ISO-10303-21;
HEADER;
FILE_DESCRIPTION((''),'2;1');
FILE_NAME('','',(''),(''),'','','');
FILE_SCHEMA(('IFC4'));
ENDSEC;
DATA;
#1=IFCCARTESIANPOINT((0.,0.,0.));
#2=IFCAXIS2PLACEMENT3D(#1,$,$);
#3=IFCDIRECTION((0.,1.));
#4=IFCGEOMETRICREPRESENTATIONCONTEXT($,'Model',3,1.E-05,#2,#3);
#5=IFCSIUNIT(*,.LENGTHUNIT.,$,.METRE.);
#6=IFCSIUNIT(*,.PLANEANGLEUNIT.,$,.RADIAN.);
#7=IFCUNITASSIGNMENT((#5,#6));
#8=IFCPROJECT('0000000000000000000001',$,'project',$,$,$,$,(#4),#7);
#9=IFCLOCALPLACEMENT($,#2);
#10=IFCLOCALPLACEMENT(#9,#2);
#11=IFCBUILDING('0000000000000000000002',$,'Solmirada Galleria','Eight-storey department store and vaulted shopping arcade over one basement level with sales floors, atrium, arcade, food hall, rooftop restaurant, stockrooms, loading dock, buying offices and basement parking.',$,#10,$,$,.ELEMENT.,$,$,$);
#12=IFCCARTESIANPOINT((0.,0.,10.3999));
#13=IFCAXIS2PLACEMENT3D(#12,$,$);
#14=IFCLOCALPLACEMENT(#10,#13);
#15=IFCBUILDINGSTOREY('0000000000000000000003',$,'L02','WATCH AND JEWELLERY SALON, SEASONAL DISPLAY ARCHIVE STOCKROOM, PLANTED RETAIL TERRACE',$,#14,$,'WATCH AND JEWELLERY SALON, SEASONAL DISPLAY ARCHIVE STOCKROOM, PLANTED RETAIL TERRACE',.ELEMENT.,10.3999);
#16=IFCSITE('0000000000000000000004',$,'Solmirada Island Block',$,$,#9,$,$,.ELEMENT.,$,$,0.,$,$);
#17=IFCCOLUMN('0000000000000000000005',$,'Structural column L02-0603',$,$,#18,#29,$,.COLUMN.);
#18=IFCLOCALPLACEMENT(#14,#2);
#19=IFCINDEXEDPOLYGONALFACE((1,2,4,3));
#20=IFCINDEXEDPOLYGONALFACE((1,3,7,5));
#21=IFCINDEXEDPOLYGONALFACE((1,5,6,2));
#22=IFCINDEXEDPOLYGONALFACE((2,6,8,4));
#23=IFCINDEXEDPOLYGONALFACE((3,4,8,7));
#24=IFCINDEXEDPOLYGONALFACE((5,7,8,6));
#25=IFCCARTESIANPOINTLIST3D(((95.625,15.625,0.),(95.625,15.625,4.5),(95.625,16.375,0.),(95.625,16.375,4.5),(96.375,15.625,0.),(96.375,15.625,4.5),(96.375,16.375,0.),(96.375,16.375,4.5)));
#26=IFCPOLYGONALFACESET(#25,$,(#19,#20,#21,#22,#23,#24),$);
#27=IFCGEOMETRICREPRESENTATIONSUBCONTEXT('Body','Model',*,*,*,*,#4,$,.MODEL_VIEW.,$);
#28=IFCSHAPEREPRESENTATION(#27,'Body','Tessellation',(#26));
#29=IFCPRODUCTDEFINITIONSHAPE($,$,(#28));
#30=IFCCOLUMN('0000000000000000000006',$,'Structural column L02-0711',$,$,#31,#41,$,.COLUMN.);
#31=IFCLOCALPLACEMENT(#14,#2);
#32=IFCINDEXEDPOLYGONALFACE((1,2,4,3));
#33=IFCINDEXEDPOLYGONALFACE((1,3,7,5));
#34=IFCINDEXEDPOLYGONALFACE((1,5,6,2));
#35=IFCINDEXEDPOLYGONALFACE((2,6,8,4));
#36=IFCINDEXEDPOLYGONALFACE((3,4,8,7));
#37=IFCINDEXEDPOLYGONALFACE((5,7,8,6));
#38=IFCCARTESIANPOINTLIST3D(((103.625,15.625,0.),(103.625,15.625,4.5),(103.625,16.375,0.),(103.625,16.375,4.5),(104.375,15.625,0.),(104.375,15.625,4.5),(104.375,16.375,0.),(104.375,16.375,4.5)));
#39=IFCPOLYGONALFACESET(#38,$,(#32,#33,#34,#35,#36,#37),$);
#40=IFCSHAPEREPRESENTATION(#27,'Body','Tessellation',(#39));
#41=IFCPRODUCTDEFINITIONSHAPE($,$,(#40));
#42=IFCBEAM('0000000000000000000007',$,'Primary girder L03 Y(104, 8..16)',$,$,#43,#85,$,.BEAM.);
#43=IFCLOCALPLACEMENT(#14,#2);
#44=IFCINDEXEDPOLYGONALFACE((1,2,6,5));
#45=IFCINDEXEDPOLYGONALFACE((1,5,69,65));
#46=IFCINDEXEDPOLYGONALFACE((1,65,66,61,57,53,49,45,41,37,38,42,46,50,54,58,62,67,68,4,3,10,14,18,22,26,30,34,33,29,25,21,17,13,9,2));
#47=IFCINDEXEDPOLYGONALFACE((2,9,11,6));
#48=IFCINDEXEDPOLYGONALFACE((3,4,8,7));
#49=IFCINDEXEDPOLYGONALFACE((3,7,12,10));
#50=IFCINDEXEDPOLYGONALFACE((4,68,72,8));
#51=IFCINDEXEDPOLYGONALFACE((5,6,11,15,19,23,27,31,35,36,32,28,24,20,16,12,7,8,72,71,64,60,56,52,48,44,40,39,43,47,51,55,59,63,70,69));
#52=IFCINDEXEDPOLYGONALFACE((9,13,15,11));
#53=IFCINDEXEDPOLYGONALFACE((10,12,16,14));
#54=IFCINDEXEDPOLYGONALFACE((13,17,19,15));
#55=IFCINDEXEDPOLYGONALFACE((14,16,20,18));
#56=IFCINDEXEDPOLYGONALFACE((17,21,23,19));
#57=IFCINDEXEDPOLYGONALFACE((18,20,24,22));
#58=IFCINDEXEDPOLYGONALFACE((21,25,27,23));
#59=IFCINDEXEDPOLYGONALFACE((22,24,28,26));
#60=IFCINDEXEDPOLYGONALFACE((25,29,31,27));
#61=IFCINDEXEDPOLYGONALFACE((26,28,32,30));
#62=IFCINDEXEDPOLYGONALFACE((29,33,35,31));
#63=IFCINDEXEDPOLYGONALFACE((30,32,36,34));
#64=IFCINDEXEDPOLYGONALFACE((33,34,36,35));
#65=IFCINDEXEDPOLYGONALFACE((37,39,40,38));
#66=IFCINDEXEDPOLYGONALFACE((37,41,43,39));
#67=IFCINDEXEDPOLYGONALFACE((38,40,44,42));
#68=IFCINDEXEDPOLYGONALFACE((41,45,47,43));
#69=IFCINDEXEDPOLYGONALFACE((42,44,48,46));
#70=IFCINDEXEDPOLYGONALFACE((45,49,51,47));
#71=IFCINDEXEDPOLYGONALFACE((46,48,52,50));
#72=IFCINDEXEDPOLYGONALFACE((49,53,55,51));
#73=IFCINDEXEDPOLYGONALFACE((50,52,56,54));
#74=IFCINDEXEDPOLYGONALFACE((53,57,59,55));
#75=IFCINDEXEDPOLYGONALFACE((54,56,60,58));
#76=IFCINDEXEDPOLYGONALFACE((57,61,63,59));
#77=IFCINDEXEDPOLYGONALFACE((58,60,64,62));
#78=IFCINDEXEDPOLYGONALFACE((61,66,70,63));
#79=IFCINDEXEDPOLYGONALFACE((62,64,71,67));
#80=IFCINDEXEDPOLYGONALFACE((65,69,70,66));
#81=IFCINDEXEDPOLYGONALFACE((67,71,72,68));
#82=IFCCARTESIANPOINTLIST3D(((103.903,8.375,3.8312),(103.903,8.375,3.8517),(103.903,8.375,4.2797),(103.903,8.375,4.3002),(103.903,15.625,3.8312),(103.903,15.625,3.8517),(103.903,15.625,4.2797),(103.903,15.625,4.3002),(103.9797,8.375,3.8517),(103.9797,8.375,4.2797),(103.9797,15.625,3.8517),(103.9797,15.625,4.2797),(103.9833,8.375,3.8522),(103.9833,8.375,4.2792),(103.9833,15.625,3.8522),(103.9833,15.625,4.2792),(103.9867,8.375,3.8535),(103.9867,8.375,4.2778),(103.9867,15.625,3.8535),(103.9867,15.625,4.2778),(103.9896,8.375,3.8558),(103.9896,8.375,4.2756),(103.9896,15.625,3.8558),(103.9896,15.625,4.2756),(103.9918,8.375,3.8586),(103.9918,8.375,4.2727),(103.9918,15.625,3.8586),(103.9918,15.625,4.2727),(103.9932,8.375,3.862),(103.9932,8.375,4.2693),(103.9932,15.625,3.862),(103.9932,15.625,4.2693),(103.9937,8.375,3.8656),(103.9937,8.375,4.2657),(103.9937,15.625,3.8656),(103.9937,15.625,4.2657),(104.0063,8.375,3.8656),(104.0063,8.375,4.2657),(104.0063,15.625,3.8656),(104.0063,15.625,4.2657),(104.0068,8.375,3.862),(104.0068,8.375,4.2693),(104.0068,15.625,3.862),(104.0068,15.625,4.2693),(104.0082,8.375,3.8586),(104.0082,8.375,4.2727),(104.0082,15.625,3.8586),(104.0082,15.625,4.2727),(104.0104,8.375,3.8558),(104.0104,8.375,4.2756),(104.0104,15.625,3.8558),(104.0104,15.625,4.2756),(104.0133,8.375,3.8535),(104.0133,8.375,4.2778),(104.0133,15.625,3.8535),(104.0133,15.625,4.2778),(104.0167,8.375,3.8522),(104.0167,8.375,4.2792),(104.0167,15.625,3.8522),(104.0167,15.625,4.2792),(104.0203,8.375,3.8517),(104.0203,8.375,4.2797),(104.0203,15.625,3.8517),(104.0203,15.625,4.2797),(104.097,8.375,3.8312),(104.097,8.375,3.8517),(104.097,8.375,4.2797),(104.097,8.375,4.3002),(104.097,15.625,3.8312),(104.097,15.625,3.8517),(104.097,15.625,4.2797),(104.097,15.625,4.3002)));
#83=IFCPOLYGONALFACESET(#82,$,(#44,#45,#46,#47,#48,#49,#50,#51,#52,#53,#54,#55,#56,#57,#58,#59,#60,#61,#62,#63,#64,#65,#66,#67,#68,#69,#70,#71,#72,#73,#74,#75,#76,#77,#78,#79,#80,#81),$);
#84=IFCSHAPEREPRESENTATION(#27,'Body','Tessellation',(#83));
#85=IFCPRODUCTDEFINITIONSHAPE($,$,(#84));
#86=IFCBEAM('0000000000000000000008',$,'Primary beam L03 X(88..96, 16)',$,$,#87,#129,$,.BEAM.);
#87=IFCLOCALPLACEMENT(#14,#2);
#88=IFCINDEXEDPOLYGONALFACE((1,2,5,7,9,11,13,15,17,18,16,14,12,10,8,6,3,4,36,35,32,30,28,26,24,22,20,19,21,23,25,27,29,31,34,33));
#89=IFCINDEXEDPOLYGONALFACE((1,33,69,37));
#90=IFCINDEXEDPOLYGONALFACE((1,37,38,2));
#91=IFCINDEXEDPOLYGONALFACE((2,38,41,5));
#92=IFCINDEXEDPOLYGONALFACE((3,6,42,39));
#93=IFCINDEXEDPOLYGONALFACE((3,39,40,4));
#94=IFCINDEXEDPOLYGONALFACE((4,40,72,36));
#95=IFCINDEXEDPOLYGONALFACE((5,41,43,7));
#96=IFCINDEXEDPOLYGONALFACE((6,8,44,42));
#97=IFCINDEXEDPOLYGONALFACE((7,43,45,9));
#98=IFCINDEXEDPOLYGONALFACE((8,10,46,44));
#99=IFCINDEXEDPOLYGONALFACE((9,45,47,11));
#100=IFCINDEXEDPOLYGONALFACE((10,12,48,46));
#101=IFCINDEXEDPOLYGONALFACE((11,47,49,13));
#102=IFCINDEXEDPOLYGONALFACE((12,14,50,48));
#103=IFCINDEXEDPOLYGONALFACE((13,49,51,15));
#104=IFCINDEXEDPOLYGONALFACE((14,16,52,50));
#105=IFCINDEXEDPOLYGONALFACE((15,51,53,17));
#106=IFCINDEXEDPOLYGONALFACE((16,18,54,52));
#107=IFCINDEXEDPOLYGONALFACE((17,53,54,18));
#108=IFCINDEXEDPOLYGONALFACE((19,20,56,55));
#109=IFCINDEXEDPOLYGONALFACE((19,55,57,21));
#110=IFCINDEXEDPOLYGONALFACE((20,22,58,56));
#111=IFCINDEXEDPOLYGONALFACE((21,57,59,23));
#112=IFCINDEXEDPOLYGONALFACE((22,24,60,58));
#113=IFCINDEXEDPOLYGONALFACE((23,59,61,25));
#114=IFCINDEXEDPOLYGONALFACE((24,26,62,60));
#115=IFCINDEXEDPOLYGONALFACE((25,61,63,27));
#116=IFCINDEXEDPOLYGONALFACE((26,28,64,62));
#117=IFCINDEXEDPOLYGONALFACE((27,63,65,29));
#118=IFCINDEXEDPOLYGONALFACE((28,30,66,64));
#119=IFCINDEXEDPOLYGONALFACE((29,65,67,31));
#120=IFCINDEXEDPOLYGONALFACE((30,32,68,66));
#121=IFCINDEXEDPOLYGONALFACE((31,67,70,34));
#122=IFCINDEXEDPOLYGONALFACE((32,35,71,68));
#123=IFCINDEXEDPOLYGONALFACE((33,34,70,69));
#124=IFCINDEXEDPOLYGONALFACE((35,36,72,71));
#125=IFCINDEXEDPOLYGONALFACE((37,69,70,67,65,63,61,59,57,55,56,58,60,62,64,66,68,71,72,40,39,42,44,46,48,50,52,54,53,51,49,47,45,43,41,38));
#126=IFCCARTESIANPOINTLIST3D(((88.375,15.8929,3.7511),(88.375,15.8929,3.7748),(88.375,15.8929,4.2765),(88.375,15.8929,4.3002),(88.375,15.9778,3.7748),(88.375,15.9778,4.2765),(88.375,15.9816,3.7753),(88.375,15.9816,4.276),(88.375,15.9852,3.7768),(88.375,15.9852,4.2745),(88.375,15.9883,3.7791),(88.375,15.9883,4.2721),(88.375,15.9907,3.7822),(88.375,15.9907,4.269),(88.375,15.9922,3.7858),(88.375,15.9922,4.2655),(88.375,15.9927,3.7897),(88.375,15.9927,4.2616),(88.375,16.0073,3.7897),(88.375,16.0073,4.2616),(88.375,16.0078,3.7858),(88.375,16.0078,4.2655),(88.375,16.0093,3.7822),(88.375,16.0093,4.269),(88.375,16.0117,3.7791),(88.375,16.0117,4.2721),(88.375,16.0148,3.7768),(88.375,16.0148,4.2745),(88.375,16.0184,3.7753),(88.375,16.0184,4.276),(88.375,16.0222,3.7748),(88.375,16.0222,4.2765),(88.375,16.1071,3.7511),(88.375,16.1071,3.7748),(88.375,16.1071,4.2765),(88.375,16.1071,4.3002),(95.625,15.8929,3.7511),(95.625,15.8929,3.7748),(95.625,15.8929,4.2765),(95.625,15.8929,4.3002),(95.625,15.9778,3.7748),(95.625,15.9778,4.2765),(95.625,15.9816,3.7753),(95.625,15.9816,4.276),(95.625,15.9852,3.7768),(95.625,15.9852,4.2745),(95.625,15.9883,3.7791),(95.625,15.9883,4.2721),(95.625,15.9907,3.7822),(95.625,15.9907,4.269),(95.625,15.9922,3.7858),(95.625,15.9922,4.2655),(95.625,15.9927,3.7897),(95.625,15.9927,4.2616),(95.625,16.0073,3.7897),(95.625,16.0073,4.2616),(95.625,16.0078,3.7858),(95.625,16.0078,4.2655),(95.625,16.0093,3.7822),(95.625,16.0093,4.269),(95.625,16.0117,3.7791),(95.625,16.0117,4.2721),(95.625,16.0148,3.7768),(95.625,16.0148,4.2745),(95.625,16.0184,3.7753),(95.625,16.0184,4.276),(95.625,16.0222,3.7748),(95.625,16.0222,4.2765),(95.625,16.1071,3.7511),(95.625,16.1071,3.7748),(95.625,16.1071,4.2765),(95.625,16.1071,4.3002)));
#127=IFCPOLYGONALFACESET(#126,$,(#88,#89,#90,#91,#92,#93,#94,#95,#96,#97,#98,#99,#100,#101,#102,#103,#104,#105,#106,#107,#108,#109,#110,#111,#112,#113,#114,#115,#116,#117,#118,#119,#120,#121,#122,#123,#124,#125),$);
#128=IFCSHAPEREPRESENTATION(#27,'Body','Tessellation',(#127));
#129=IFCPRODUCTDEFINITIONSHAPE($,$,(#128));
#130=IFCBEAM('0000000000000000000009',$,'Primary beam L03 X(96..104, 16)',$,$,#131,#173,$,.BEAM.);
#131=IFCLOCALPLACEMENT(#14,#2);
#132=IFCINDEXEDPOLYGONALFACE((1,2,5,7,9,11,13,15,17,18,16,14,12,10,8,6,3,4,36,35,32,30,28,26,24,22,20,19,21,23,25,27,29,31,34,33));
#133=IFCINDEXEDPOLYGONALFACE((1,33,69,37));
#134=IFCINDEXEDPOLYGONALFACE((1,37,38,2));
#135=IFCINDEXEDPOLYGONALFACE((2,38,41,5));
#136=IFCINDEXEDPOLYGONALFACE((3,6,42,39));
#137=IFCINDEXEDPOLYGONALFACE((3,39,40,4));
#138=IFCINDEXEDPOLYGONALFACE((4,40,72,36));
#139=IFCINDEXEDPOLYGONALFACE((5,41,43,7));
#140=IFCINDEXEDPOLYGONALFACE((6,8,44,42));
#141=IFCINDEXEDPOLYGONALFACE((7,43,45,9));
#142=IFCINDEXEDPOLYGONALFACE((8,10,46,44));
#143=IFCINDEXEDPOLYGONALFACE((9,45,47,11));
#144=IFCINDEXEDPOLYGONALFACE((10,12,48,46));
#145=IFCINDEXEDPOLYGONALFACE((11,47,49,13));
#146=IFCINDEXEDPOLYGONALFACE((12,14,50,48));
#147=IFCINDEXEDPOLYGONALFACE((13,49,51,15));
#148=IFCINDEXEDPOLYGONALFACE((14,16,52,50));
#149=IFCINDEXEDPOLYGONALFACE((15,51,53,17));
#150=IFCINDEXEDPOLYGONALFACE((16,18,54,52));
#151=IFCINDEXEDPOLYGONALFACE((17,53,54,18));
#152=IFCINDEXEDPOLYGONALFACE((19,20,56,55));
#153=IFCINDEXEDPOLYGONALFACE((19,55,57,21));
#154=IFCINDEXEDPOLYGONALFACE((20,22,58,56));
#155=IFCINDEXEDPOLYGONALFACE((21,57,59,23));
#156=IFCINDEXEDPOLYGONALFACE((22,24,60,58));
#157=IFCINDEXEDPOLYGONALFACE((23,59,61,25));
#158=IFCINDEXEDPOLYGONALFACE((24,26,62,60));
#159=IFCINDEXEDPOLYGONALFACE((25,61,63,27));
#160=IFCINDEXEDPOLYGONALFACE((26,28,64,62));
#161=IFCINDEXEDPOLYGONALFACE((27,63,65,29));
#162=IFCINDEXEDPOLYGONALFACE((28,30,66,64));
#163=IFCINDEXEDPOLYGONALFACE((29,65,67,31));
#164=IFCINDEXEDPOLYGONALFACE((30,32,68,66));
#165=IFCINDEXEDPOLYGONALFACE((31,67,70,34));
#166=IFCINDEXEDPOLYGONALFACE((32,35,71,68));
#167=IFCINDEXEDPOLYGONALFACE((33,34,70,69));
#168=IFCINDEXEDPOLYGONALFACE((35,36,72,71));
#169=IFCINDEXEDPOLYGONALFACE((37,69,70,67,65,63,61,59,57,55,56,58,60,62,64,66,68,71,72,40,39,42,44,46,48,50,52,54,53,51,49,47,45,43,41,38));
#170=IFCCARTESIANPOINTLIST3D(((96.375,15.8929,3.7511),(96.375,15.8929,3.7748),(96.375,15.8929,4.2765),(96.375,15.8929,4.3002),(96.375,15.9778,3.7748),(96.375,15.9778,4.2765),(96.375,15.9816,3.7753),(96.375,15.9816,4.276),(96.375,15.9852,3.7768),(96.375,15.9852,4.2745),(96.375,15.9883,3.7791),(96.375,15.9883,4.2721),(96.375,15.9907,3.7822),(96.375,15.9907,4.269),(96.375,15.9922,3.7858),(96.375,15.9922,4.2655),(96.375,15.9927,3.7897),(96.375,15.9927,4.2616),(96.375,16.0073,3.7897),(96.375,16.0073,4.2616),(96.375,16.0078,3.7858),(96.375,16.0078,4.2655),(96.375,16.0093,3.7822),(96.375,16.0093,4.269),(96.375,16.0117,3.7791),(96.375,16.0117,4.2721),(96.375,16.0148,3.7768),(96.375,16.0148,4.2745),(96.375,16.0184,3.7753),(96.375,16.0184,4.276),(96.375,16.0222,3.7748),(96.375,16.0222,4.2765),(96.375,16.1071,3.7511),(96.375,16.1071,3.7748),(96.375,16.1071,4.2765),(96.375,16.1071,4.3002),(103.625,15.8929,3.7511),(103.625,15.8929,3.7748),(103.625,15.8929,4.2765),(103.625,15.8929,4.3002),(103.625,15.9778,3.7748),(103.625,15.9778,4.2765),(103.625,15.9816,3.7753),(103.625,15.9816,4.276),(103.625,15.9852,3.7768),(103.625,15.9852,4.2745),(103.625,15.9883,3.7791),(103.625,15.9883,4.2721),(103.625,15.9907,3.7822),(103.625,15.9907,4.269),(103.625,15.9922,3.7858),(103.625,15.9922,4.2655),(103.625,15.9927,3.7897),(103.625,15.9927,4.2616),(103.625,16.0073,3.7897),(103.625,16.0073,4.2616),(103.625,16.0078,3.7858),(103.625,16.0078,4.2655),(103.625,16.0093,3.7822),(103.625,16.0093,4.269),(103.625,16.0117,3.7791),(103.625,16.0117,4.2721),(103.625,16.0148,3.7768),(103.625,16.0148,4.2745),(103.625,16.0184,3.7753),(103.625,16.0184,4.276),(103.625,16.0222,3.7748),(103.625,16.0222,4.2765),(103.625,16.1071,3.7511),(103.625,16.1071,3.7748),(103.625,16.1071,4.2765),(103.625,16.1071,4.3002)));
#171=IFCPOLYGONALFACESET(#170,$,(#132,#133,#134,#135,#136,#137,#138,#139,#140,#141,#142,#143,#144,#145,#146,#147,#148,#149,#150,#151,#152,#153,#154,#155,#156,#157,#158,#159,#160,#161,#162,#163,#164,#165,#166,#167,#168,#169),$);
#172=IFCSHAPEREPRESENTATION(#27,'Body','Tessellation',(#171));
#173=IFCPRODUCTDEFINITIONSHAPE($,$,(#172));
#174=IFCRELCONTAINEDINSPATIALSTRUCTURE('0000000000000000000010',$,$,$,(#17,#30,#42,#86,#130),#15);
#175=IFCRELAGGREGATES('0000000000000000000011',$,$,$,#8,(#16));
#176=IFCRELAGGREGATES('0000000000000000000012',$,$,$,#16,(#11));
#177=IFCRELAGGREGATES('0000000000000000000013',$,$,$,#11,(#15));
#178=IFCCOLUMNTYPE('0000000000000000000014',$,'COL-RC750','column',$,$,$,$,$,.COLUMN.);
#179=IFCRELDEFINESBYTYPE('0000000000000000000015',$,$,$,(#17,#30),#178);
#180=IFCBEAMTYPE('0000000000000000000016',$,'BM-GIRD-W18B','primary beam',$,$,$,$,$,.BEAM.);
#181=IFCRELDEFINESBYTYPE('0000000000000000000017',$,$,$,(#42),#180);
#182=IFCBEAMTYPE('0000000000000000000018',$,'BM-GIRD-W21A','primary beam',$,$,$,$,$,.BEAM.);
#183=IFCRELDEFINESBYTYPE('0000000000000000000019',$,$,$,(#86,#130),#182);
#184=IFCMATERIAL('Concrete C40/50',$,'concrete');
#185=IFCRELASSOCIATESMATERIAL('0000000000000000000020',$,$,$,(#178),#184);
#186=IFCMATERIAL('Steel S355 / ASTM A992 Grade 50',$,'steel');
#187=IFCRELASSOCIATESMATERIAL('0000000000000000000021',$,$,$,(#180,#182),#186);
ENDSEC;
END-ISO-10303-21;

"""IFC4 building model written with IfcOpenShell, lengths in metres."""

from ifc_helpers import new_model, si_unit, direction, frame, origin, origin_2d, place, context, subcontext, project, spatial, rectangle, i_section, extrude, material, material_profile, profile_set, type_object, element, save


model = new_model("IFC4")

# Units and contexts
model_context = context("Model", 3, precision=1e-05, world=origin(), true_north=direction((0.0, 1.0)))
body_context = subcontext(model_context, "Body", "Model", "MODEL_VIEW")
ifc_project = project(units=[si_unit("LENGTHUNIT", "METRE"), si_unit("PLANEANGLEUNIT", "RADIAN")], contexts=[model_context])

# Site, building, storey
site_placement = place(None, origin())
site = spatial("IfcSite", under=ifc_project, at=site_placement, Name="Solmirada Island Block", CompositionType="ELEMENT", RefElevation=0.0)
building_placement = place(site_placement, origin())
building = spatial("IfcBuilding", under=site, at=building_placement, Name="Solmirada Galleria", Description="Eight-storey department store and vaulted shopping arcade over one basement level with sales floors, atrium, arcade, food hall, rooftop restaurant, stockrooms, loading dock, buying offices and basement parking.", CompositionType="ELEMENT")
storey_placement = place(building_placement, frame((0.0, 0.0, 10.3999)))
storey = spatial("IfcBuildingStorey", under=building, at=storey_placement, Name="L02", Description="WATCH AND JEWELLERY SALON, SEASONAL DISPLAY ARCHIVE STOCKROOM, PLANTED RETAIL TERRACE", LongName="WATCH AND JEWELLERY SALON, SEASONAL DISPLAY ARCHIVE STOCKROOM, PLANTED RETAIL TERRACE", CompositionType="ELEMENT", Elevation=10.3999)

# Columns
ifc_material_1 = material(Name="Concrete C40/50", Category="concrete")
ifc_material_profile_1 = material_profile(ifc_material_1, rectangle(XDim=0.75, YDim=0.75, at=origin_2d()), Name="RC750X750")
ifc_profile_set_1 = profile_set([ifc_material_profile_1], Name="Concrete C40/50")
column_type = type_object("IfcColumnType", Name="COL-RC750", Description="column", PredefinedType="COLUMN", material=ifc_profile_set_1)
for number, where, z_axis, x_axis, name in (
    (1, (96.0, 16.0, 0.0), (0.0, 0.0, 1.0), (1.0, 0.0, 0.0), "Structural column L02-0603"),
    (2, (104.0, 16.0, 0.0), (0.0, 0.0, 1.0), (1.0, 0.0, 0.0), "Structural column L02-0711"),
):
    element("IfcColumn", number, at=place(storey_placement, frame(where, z_axis=z_axis, x_axis=x_axis)), inside=storey, type_object=column_type, Name=name, PredefinedType="COLUMN", context=body_context, shape_type="SweptSolid", body=[
        extrude(rectangle(XDim=0.75, YDim=0.75, at=origin_2d()), origin(), (0.0, 0.0, 1.0), 4.5),
    ])

# Beams
ifc_material_2 = material(Name="Steel S355 / ASTM A992 Grade 50", Category="steel")
ifc_material_profile_2 = material_profile(ifc_material_2, i_section(OverallWidth=0.1941, OverallDepth=0.469, WebThickness=0.0127, FlangeThickness=0.0205, FilletRadius=0.0139, at=origin_2d()), Name="W18X71")
ifc_profile_set_2 = profile_set([ifc_material_profile_2], Name="Steel S355 / ASTM A992 Grade 50")
beam_type_1 = type_object("IfcBeamType", Name="BM-GIRD-W18B", Description="primary beam", PredefinedType="BEAM", material=ifc_profile_set_2)
beam_1_placement = place(storey_placement, frame((104.0, 8.375, 4.0657), z_axis=(0.0, 1.0, 0.0), x_axis=(-1.0, 0.0, 0.0)))
element("IfcBeam", 3, at=beam_1_placement, inside=storey, type_object=beam_type_1, Name="Primary girder L03 Y(104, 8..16)", PredefinedType="BEAM", context=body_context, shape_type="SweptSolid", body=[
    extrude(i_section(OverallWidth=0.1941, OverallDepth=0.469, WebThickness=0.0127, FlangeThickness=0.0205, FilletRadius=0.0139, at=origin_2d()), origin(), (0.0, 0.0, 1.0), 7.25),
])
ifc_material_profile_3 = material_profile(ifc_material_2, i_section(OverallWidth=0.2141, OverallDepth=0.5491, WebThickness=0.0146, FlangeThickness=0.0237, FilletRadius=0.0149, at=origin_2d()), Name="W21X93")
ifc_profile_set_3 = profile_set([ifc_material_profile_3], Name="Steel S355 / ASTM A992 Grade 50")
beam_type_2 = type_object("IfcBeamType", Name="BM-GIRD-W21A", Description="primary beam", PredefinedType="BEAM", material=ifc_profile_set_3)
for number, where, z_axis, x_axis, name in (
    (4, (88.375, 16.0, 4.0256), (1.0, 0.0, 0.0), (0.0, 1.0, 0.0), "Primary beam L03 X(88..96, 16)"),
    (5, (96.375, 16.0, 4.0256), (1.0, 0.0, 0.0), (0.0, 1.0, 0.0), "Primary beam L03 X(96..104, 16)"),
):
    element("IfcBeam", number, at=place(storey_placement, frame(where, z_axis=z_axis, x_axis=x_axis)), inside=storey, type_object=beam_type_2, Name=name, PredefinedType="BEAM", context=body_context, shape_type="SweptSolid", body=[
        extrude(i_section(OverallWidth=0.2141, OverallDepth=0.5491, WebThickness=0.0146, FlangeThickness=0.0237, FilletRadius=0.0149, at=origin_2d()), origin(), (0.0, 0.0, 1.0), 7.25),
    ])

save(model, "model.ifc")
